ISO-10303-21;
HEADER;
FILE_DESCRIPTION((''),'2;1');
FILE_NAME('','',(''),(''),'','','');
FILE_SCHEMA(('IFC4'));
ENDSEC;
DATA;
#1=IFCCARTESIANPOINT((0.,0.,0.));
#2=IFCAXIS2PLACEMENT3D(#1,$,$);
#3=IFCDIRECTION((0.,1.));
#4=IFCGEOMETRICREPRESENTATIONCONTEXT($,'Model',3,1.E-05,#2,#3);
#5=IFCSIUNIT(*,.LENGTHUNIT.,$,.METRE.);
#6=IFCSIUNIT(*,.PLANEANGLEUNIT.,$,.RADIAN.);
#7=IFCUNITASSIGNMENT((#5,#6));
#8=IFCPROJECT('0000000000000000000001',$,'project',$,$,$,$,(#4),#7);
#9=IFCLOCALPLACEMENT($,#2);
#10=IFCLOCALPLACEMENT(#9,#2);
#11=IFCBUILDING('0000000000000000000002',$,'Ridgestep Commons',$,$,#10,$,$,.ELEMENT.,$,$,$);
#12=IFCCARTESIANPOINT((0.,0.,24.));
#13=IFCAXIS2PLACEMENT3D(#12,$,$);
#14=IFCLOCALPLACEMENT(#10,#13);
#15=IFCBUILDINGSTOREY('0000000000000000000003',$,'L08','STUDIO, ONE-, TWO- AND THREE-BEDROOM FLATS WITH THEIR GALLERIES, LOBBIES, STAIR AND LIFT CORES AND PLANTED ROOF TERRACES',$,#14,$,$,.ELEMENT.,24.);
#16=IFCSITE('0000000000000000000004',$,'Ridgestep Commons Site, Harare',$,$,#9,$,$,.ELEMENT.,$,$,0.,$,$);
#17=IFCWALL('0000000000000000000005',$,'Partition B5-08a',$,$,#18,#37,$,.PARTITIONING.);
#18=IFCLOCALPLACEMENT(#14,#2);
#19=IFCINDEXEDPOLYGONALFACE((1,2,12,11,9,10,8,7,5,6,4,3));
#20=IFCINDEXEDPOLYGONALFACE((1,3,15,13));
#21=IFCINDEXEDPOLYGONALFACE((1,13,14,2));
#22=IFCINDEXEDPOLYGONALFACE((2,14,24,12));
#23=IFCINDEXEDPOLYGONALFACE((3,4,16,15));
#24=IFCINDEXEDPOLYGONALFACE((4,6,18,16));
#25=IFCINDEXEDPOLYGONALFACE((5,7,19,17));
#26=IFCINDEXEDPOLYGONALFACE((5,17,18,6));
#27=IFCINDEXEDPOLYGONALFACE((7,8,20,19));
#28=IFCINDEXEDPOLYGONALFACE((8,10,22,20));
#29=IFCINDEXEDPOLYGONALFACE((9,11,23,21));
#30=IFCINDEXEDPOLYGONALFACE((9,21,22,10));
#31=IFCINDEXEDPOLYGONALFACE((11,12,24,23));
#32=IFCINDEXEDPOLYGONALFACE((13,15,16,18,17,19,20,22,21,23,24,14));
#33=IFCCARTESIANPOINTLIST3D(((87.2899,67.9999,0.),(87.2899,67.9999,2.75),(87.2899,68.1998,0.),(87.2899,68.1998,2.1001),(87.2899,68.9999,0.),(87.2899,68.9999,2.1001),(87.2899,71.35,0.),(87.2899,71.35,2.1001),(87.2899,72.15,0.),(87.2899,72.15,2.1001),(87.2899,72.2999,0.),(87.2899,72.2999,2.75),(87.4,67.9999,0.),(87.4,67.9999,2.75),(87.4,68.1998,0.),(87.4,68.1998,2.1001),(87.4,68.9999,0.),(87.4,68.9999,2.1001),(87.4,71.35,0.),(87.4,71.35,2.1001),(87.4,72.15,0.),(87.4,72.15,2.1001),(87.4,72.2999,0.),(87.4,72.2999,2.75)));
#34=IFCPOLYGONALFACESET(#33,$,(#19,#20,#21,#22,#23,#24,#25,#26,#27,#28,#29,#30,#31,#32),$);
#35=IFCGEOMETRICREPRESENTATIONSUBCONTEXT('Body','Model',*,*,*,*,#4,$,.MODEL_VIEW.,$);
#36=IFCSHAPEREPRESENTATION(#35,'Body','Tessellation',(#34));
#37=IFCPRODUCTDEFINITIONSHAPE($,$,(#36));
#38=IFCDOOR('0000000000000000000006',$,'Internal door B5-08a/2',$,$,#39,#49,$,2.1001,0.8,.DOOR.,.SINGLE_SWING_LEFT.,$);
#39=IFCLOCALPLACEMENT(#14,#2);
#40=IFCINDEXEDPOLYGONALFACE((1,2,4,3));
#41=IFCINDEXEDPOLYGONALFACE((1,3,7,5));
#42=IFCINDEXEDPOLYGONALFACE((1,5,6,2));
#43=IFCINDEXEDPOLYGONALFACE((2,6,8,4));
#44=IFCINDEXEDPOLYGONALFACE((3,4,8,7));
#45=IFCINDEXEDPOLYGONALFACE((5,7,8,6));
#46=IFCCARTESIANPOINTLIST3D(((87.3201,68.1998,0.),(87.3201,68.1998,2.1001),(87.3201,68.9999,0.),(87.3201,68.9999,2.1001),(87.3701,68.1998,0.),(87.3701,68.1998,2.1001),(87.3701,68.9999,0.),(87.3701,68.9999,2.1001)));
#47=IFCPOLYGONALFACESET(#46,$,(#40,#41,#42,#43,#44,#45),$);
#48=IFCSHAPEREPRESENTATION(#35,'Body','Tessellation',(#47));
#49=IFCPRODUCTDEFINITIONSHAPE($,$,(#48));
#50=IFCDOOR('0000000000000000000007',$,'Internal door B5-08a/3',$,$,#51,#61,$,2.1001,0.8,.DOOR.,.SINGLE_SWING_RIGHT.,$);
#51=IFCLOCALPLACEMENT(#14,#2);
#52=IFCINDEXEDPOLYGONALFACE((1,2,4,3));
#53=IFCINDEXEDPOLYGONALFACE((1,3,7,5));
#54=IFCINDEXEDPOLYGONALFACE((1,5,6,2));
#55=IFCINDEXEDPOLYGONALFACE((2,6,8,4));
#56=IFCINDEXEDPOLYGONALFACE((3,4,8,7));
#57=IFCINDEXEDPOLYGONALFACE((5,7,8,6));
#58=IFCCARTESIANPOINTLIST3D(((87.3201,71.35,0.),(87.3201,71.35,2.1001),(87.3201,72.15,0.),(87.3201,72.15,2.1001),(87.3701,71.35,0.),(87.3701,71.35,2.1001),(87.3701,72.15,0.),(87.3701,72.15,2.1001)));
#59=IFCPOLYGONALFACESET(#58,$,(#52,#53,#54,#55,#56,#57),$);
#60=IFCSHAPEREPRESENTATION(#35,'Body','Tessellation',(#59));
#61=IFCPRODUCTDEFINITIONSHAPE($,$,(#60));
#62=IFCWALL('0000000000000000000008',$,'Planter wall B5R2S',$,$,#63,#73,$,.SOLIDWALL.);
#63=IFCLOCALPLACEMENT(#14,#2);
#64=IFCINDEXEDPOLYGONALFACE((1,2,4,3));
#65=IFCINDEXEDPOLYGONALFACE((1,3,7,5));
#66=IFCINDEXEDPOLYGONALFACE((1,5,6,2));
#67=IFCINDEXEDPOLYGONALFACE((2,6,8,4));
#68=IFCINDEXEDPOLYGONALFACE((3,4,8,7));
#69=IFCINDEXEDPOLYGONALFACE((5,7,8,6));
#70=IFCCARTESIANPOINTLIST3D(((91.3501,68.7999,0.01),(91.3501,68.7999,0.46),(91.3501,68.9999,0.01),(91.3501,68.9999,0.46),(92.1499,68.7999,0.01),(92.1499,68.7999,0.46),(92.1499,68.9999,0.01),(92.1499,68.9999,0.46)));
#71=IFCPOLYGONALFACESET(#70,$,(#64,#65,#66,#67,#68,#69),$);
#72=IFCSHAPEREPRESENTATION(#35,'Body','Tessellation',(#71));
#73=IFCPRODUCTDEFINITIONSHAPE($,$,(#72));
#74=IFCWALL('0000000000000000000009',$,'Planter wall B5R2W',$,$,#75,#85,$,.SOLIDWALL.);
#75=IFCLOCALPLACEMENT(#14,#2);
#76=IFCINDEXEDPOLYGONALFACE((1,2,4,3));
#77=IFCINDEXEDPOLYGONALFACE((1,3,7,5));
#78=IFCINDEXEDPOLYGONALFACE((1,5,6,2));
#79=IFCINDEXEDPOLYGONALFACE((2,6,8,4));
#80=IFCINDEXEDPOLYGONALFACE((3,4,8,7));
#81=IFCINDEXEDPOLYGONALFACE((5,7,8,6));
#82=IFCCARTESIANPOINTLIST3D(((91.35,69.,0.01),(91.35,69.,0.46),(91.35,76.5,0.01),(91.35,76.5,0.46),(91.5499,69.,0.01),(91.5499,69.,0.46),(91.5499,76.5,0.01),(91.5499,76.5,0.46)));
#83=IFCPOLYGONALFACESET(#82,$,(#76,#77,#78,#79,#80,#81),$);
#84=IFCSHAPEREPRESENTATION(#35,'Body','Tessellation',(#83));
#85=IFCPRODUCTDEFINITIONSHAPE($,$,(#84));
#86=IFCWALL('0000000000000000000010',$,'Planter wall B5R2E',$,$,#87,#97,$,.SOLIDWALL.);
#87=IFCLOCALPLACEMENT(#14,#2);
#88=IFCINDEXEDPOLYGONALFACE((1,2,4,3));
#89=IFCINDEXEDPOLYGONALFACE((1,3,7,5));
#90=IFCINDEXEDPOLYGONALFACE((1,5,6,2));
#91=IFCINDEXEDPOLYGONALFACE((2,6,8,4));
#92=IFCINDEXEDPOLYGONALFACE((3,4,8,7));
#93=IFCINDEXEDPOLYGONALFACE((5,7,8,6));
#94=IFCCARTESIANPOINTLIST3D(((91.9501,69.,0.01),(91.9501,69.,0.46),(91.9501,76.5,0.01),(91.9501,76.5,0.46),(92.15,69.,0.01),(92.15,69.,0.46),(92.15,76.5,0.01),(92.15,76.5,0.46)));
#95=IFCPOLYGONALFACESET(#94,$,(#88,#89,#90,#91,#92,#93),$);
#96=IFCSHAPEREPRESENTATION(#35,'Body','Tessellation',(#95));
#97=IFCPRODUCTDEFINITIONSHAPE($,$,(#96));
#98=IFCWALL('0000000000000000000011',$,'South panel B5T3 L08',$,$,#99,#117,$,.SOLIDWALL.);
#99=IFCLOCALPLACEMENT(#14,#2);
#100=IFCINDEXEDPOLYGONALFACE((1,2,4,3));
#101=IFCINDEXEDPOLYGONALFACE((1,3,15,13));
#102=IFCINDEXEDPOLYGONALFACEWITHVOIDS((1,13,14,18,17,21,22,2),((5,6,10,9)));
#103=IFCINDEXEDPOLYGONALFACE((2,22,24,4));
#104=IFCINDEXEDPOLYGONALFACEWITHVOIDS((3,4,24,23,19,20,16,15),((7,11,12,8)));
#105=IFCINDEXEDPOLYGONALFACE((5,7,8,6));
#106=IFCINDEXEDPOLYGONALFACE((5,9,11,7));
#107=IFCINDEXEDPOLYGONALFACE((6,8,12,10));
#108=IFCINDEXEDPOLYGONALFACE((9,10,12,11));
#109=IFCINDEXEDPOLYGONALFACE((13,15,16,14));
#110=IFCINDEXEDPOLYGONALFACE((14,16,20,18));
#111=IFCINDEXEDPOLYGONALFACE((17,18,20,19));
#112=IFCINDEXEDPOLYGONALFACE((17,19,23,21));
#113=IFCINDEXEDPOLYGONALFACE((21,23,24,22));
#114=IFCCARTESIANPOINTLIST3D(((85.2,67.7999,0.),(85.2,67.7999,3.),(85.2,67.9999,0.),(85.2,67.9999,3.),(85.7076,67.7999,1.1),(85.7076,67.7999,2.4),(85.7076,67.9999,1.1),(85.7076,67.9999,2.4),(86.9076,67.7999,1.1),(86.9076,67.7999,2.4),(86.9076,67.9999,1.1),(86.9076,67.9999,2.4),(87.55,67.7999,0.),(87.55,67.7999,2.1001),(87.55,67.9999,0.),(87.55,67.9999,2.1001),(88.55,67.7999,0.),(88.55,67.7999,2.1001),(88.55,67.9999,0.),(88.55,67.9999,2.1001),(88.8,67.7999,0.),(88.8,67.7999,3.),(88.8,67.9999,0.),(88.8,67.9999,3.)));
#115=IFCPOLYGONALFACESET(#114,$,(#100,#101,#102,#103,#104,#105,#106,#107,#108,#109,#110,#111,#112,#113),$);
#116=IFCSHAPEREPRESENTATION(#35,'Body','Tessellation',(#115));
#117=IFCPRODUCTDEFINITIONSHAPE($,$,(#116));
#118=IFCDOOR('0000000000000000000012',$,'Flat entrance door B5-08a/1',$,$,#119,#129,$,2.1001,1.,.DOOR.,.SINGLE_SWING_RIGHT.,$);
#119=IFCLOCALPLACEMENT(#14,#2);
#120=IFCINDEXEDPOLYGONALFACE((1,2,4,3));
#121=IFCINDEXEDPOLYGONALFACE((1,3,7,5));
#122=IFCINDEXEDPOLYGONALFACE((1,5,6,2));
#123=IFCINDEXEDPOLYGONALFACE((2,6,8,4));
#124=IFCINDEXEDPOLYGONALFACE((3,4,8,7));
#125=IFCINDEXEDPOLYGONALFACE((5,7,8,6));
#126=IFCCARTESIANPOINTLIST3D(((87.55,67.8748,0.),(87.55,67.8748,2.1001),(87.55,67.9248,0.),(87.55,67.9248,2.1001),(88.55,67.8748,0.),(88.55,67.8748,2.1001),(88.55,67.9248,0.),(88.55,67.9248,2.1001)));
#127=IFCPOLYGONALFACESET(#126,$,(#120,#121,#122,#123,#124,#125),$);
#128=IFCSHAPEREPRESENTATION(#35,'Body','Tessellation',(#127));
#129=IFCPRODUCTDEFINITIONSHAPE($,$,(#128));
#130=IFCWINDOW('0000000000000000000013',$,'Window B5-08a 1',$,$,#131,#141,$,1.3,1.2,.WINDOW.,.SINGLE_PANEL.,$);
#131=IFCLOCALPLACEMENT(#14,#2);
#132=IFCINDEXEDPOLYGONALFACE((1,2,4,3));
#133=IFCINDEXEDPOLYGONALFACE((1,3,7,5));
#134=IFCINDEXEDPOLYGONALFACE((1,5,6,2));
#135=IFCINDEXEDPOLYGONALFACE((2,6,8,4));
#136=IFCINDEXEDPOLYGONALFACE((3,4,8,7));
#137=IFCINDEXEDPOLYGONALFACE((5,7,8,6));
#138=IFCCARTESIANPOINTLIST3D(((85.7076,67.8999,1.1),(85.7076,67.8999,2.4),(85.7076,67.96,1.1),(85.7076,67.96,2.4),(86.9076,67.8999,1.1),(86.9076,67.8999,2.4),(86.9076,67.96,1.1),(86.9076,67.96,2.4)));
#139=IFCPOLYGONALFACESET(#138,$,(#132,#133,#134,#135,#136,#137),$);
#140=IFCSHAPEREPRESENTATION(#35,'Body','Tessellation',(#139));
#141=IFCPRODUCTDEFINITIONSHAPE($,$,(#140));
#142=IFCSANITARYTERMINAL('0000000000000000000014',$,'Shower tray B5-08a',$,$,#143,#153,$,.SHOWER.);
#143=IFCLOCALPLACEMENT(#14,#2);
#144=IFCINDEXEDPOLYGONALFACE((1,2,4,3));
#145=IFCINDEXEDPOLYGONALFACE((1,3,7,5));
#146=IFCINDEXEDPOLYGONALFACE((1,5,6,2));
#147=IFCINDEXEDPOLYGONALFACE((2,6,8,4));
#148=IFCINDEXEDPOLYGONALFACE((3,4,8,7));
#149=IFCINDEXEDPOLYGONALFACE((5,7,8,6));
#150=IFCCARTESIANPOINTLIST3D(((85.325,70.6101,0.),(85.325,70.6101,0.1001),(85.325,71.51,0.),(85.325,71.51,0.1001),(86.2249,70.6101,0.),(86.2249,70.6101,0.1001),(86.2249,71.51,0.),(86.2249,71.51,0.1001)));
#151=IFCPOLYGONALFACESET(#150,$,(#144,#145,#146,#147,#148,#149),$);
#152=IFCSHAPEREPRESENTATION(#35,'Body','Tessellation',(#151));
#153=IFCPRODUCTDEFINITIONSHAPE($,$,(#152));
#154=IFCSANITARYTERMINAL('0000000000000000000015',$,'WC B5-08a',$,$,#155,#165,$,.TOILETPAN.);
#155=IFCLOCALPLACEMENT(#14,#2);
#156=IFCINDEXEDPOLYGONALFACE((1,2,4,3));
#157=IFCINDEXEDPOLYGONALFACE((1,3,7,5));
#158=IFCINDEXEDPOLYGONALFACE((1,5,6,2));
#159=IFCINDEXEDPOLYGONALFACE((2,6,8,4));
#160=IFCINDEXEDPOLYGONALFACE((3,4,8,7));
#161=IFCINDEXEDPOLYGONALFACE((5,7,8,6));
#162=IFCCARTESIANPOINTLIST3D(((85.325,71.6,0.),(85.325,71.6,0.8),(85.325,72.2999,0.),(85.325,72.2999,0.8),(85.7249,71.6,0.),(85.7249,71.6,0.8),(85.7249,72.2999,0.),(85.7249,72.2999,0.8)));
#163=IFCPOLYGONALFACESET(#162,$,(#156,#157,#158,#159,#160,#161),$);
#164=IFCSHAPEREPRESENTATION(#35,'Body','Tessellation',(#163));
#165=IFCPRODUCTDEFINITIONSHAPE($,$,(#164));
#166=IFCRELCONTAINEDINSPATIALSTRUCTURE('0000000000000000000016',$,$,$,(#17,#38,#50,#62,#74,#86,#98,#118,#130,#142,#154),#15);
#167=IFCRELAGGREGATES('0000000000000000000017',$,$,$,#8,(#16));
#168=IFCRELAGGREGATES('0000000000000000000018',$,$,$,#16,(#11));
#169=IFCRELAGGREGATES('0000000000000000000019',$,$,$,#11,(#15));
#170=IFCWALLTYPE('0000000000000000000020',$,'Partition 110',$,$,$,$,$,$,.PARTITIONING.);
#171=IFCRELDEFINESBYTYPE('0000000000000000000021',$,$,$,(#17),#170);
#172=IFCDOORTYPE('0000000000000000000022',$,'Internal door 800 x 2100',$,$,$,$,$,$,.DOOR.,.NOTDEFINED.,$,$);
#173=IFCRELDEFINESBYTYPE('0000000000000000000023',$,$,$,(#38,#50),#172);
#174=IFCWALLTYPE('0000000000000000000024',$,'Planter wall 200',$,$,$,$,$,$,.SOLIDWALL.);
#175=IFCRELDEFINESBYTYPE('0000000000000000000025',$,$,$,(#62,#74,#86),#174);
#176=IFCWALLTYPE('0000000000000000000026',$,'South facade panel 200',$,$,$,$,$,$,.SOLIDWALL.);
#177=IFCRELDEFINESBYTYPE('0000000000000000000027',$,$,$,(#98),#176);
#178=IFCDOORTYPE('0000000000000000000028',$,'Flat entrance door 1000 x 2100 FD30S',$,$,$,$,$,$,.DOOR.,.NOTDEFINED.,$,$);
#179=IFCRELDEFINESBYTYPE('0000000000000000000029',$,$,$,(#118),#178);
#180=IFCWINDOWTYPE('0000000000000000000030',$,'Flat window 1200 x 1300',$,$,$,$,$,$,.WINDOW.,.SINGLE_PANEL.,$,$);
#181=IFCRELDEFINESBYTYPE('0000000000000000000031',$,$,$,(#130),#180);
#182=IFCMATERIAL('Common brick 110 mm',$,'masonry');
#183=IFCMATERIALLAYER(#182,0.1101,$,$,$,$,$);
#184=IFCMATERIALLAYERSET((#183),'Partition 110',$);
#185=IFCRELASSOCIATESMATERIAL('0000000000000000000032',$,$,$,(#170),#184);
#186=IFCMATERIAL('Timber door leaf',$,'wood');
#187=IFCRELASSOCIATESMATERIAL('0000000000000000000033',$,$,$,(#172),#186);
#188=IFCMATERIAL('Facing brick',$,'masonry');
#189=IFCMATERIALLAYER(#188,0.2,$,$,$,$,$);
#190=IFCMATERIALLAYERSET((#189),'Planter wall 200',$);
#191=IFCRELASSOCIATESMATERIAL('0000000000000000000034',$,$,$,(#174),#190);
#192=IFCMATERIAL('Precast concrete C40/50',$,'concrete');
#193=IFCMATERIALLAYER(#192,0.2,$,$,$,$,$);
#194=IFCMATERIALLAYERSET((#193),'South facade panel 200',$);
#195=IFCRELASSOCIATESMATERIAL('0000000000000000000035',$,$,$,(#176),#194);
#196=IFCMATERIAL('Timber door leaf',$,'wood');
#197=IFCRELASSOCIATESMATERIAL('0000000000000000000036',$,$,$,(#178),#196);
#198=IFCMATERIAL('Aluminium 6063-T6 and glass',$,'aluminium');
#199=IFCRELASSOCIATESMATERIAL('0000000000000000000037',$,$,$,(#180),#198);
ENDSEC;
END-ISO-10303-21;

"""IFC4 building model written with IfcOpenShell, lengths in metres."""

from ifc_helpers import new_model, si_unit, direction, frame, frame_2d, origin, origin_2d, place, context, subcontext, project, spatial, rectangle, extrude, material, layer, layer_set, type_object, element, fill, save


model = new_model("IFC4")

# Units and contexts
model_context = context("Model", 3, precision=1e-05, world=origin(), true_north=direction((0.0, 1.0)))
body_context = subcontext(model_context, "Body", "Model", "MODEL_VIEW")
ifc_project = project(units=[si_unit("LENGTHUNIT", "METRE"), si_unit("PLANEANGLEUNIT", "RADIAN")], contexts=[model_context])

# Site, building, storey
site_placement = place(None, origin())
site = spatial("IfcSite", under=ifc_project, at=site_placement, Name="Ridgestep Commons Site, Harare", CompositionType="ELEMENT", RefElevation=0.0)
building_placement = place(site_placement, origin())
building = spatial("IfcBuilding", under=site, at=building_placement, Name="Ridgestep Commons", CompositionType="ELEMENT")
storey_placement = place(building_placement, frame((0.0, 0.0, 24.0)))
storey = spatial("IfcBuildingStorey", under=building, at=storey_placement, Name="L08", Description="STUDIO, ONE-, TWO- AND THREE-BEDROOM FLATS WITH THEIR GALLERIES, LOBBIES, STAIR AND LIFT CORES AND PLANTED ROOF TERRACES", CompositionType="ELEMENT", Elevation=24.0)

# Shared definitions
ifc_material_1 = material(Name="Common brick 110 mm", Category="masonry")
ifc_layer_1 = layer(ifc_material_1, 0.1101)
ifc_layer_set_1 = layer_set([ifc_layer_1], Name="Partition 110")
wall_type_1 = type_object("IfcWallType", Name="Partition 110", PredefinedType="PARTITIONING", material=ifc_layer_set_1)

# Wall, openings, doors
wall_1_placement = place(storey_placement, frame((87.345, 68.0, 0.0), z_axis=(0.0, 0.0, 1.0), x_axis=(0.0, 1.0, 0.0)))
wall_1 = element("IfcWall", 1, at=wall_1_placement, inside=storey, type_object=wall_type_1, Name="Partition B5-08a", PredefinedType="PARTITIONING", context=body_context, shape_type="SweptSolid", body=[
    extrude(rectangle(XDim=4.3, YDim=0.1101, at=frame_2d((2.1499, 0.0))), origin(), (0.0, 0.0, 1.0), 2.75),
])
opening_1_placement = place(wall_1_placement, frame((0.2, 0.0, 0.0)))
opening_1 = element("IfcOpeningElement", 2, at=opening_1_placement, cuts=wall_1, PredefinedType="OPENING", context=body_context, shape_type="SweptSolid", body=[
    extrude(rectangle(XDim=0.8, YDim=2.1001, at=frame_2d((0.3999, 1.05))), frame((0.0, 0.0649, 0.0), z_axis=(0.0, -1.0, 0.0), x_axis=(1.0, 0.0, 0.0)), (0.0, 0.0, 1.0), 0.1301),
])
opening_2_placement = place(wall_1_placement, frame((3.3501, 0.0, 0.0)))
opening_2 = element("IfcOpeningElement", 3, at=opening_2_placement, cuts=wall_1, PredefinedType="OPENING", context=body_context, shape_type="SweptSolid", body=[
    extrude(rectangle(XDim=0.8, YDim=2.1001, at=frame_2d((0.3999, 1.05))), frame((0.0, 0.0649, 0.0), z_axis=(0.0, -1.0, 0.0), x_axis=(1.0, 0.0, 0.0)), (0.0, 0.0, 1.0), 0.1301),
])
ifc_material_2 = material(Name="Timber door leaf", Category="wood")
door_type_1 = type_object("IfcDoorType", Name="Internal door 800 x 2100", OperationType="NOTDEFINED", PredefinedType="DOOR", material=ifc_material_2)
door_1_placement = place(opening_1_placement, origin())
door_1 = element("IfcDoor", 4, at=door_1_placement, inside=storey, type_object=door_type_1, Name="Internal door B5-08a/2", OperationType="SINGLE_SWING_LEFT", OverallHeight=2.1001, OverallWidth=0.8, PredefinedType="DOOR", context=body_context, shape_type="SweptSolid", body=[
    extrude(rectangle(XDim=0.8, YDim=2.1001, at=frame_2d((0.3999, 1.05))), frame((0.0, 0.0249, 0.0), z_axis=(0.0, -1.0, 0.0), x_axis=(1.0, 0.0, 0.0)), (0.0, 0.0, 1.0), 0.05),
])
fill(opening_1, door_1)
door_2_placement = place(opening_2_placement, origin())
door_2 = element("IfcDoor", 5, at=door_2_placement, inside=storey, type_object=door_type_1, Name="Internal door B5-08a/3", OperationType="SINGLE_SWING_RIGHT", OverallHeight=2.1001, OverallWidth=0.8, PredefinedType="DOOR", context=body_context, shape_type="SweptSolid", body=[
    extrude(rectangle(XDim=0.8, YDim=2.1001, at=frame_2d((0.3999, 1.05))), frame((0.0, 0.0249, 0.0), z_axis=(0.0, -1.0, 0.0), x_axis=(1.0, 0.0, 0.0)), (0.0, 0.0, 1.0), 0.05),
])
fill(opening_2, door_2)

# Walls
ifc_material_3 = material(Name="Facing brick", Category="masonry")
ifc_layer_2 = layer(ifc_material_3, 0.2)
ifc_layer_set_2 = layer_set([ifc_layer_2], Name="Planter wall 200")
wall_type_2 = type_object("IfcWallType", Name="Planter wall 200", PredefinedType="SOLIDWALL", material=ifc_layer_set_2)
wall_2_placement = place(storey_placement, frame((91.3501, 68.8999, 0.01), z_axis=(0.0, 0.0, 1.0), x_axis=(1.0, 0.0, 0.0)))
element("IfcWall", 6, at=wall_2_placement, inside=storey, type_object=wall_type_2, Name="Planter wall B5R2S", PredefinedType="SOLIDWALL", context=body_context, shape_type="SweptSolid", body=[
    extrude(rectangle(XDim=0.7998, YDim=0.2, at=frame_2d((0.3999, 0.0))), origin(), (0.0, 0.0, 1.0), 0.45),
])
for number, where, z_axis, x_axis, name in (
    (7, (91.45, 69.0, 0.01), (0.0, 0.0, 1.0), (0.0, 1.0, 0.0), "Planter wall B5R2W"),
    (8, (92.05, 69.0, 0.01), (0.0, 0.0, 1.0), (0.0, 1.0, 0.0), "Planter wall B5R2E"),
):
    element("IfcWall", number, at=place(storey_placement, frame(where, z_axis=z_axis, x_axis=x_axis)), inside=storey, type_object=wall_type_2, Name=name, PredefinedType="SOLIDWALL", context=body_context, shape_type="SweptSolid", body=[
        extrude(rectangle(XDim=7.5, YDim=0.2, at=frame_2d((3.75, 0.0))), origin(), (0.0, 0.0, 1.0), 0.45),
    ])

# Wall, openings, door, window
ifc_material_4 = material(Name="Precast concrete C40/50", Category="concrete")
ifc_layer_3 = layer(ifc_material_4, 0.2)
ifc_layer_set_3 = layer_set([ifc_layer_3], Name="South facade panel 200")
wall_type_3 = type_object("IfcWallType", Name="South facade panel 200", PredefinedType="SOLIDWALL", material=ifc_layer_set_3)
wall_3_placement = place(storey_placement, frame((85.2, 67.8999, 0.0), z_axis=(0.0, 0.0, 1.0), x_axis=(1.0, 0.0, 0.0)))
wall_3 = element("IfcWall", 9, at=wall_3_placement, inside=storey, type_object=wall_type_3, Name="South panel B5T3 L08", PredefinedType="SOLIDWALL", context=body_context, shape_type="SweptSolid", body=[
    extrude(rectangle(XDim=3.6001, YDim=0.2, at=frame_2d((1.8, 0.0))), origin(), (0.0, 0.0, 1.0), 3.0),
])
opening_3_placement = place(wall_3_placement, frame((0.5076, 0.0, 1.1001)))
opening_3 = element("IfcOpeningElement", 10, at=opening_3_placement, cuts=wall_3, PredefinedType="OPENING", context=body_context, shape_type="SweptSolid", body=[
    extrude(rectangle(XDim=1.2, YDim=1.3, at=frame_2d((0.6001, 0.6499))), frame((0.0, 0.1099, 0.0), z_axis=(0.0, -1.0, 0.0), x_axis=(1.0, 0.0, 0.0)), (0.0, 0.0, 1.0), 0.22),
])
opening_4_placement = place(wall_3_placement, frame((2.3501, 0.0, 0.0)))
opening_4 = element("IfcOpeningElement", 11, at=opening_4_placement, cuts=wall_3, PredefinedType="OPENING", context=body_context, shape_type="SweptSolid", body=[
    extrude(rectangle(XDim=1.0, YDim=2.1001, at=frame_2d((0.5, 1.05))), frame((0.0, 0.1099, 0.0), z_axis=(0.0, -1.0, 0.0), x_axis=(1.0, 0.0, 0.0)), (0.0, 0.0, 1.0), 0.22),
])
ifc_material_5 = material(Name="Timber door leaf", Category="wood")
door_type_2 = type_object("IfcDoorType", Name="Flat entrance door 1000 x 2100 FD30S", OperationType="NOTDEFINED", PredefinedType="DOOR", material=ifc_material_5)
door_3_placement = place(opening_4_placement, origin())
door_3 = element("IfcDoor", 12, at=door_3_placement, inside=storey, type_object=door_type_2, Name="Flat entrance door B5-08a/1", OperationType="SINGLE_SWING_RIGHT", OverallHeight=2.1001, OverallWidth=1.0, PredefinedType="DOOR", context=body_context, shape_type="SweptSolid", body=[
    extrude(rectangle(XDim=1.0, YDim=2.1001, at=frame_2d((0.5, 1.05))), frame((0.0, 0.0249, 0.0), z_axis=(0.0, -1.0, 0.0), x_axis=(1.0, 0.0, 0.0)), (0.0, 0.0, 1.0), 0.05),
])
fill(opening_4, door_3)
ifc_material_6 = material(Name="Aluminium 6063-T6 and glass", Category="aluminium")
window_type_1 = type_object("IfcWindowType", Name="Flat window 1200 x 1300", PartitioningType="SINGLE_PANEL", PredefinedType="WINDOW", material=ifc_material_6)
window_1_placement = place(opening_3_placement, origin())
window_1 = element("IfcWindow", 13, at=window_1_placement, inside=storey, type_object=window_type_1, Name="Window B5-08a 1", OverallHeight=1.3, OverallWidth=1.2, PartitioningType="SINGLE_PANEL", PredefinedType="WINDOW", context=body_context, shape_type="SweptSolid", body=[
    extrude(rectangle(XDim=1.2, YDim=1.3, at=frame_2d((0.6001, 0.6499))), frame((0.0, 0.0601, 0.0), z_axis=(0.0, -1.0, 0.0), x_axis=(1.0, 0.0, 0.0)), (0.0, 0.0, 1.0), 0.0601),
])
fill(opening_3, window_1)

# Sanitary terminals
sanitary_terminal_1_placement = place(storey_placement, frame((85.7749, 71.0601, 0.0), z_axis=(0.0, 0.0, 1.0), x_axis=(1.0, 0.0, 0.0)))
element("IfcSanitaryTerminal", 14, at=sanitary_terminal_1_placement, inside=storey, Name="Shower tray B5-08a", PredefinedType="SHOWER", context=body_context, shape_type="SweptSolid", body=[
    extrude(rectangle(XDim=0.8999, YDim=0.8999, at=origin_2d()), origin(), (0.0, 0.0, 1.0), 0.1001),
])
sanitary_terminal_2_placement = place(storey_placement, frame((85.5249, 71.95, 0.0), z_axis=(0.0, 0.0, 1.0), x_axis=(1.0, 0.0, 0.0)))
element("IfcSanitaryTerminal", 15, at=sanitary_terminal_2_placement, inside=storey, Name="WC B5-08a", PredefinedType="TOILETPAN", context=body_context, shape_type="SweptSolid", body=[
    extrude(rectangle(XDim=0.3999, YDim=0.7, at=origin_2d()), origin(), (0.0, 0.0, 1.0), 0.8),
])

save(model, "model.ifc")
